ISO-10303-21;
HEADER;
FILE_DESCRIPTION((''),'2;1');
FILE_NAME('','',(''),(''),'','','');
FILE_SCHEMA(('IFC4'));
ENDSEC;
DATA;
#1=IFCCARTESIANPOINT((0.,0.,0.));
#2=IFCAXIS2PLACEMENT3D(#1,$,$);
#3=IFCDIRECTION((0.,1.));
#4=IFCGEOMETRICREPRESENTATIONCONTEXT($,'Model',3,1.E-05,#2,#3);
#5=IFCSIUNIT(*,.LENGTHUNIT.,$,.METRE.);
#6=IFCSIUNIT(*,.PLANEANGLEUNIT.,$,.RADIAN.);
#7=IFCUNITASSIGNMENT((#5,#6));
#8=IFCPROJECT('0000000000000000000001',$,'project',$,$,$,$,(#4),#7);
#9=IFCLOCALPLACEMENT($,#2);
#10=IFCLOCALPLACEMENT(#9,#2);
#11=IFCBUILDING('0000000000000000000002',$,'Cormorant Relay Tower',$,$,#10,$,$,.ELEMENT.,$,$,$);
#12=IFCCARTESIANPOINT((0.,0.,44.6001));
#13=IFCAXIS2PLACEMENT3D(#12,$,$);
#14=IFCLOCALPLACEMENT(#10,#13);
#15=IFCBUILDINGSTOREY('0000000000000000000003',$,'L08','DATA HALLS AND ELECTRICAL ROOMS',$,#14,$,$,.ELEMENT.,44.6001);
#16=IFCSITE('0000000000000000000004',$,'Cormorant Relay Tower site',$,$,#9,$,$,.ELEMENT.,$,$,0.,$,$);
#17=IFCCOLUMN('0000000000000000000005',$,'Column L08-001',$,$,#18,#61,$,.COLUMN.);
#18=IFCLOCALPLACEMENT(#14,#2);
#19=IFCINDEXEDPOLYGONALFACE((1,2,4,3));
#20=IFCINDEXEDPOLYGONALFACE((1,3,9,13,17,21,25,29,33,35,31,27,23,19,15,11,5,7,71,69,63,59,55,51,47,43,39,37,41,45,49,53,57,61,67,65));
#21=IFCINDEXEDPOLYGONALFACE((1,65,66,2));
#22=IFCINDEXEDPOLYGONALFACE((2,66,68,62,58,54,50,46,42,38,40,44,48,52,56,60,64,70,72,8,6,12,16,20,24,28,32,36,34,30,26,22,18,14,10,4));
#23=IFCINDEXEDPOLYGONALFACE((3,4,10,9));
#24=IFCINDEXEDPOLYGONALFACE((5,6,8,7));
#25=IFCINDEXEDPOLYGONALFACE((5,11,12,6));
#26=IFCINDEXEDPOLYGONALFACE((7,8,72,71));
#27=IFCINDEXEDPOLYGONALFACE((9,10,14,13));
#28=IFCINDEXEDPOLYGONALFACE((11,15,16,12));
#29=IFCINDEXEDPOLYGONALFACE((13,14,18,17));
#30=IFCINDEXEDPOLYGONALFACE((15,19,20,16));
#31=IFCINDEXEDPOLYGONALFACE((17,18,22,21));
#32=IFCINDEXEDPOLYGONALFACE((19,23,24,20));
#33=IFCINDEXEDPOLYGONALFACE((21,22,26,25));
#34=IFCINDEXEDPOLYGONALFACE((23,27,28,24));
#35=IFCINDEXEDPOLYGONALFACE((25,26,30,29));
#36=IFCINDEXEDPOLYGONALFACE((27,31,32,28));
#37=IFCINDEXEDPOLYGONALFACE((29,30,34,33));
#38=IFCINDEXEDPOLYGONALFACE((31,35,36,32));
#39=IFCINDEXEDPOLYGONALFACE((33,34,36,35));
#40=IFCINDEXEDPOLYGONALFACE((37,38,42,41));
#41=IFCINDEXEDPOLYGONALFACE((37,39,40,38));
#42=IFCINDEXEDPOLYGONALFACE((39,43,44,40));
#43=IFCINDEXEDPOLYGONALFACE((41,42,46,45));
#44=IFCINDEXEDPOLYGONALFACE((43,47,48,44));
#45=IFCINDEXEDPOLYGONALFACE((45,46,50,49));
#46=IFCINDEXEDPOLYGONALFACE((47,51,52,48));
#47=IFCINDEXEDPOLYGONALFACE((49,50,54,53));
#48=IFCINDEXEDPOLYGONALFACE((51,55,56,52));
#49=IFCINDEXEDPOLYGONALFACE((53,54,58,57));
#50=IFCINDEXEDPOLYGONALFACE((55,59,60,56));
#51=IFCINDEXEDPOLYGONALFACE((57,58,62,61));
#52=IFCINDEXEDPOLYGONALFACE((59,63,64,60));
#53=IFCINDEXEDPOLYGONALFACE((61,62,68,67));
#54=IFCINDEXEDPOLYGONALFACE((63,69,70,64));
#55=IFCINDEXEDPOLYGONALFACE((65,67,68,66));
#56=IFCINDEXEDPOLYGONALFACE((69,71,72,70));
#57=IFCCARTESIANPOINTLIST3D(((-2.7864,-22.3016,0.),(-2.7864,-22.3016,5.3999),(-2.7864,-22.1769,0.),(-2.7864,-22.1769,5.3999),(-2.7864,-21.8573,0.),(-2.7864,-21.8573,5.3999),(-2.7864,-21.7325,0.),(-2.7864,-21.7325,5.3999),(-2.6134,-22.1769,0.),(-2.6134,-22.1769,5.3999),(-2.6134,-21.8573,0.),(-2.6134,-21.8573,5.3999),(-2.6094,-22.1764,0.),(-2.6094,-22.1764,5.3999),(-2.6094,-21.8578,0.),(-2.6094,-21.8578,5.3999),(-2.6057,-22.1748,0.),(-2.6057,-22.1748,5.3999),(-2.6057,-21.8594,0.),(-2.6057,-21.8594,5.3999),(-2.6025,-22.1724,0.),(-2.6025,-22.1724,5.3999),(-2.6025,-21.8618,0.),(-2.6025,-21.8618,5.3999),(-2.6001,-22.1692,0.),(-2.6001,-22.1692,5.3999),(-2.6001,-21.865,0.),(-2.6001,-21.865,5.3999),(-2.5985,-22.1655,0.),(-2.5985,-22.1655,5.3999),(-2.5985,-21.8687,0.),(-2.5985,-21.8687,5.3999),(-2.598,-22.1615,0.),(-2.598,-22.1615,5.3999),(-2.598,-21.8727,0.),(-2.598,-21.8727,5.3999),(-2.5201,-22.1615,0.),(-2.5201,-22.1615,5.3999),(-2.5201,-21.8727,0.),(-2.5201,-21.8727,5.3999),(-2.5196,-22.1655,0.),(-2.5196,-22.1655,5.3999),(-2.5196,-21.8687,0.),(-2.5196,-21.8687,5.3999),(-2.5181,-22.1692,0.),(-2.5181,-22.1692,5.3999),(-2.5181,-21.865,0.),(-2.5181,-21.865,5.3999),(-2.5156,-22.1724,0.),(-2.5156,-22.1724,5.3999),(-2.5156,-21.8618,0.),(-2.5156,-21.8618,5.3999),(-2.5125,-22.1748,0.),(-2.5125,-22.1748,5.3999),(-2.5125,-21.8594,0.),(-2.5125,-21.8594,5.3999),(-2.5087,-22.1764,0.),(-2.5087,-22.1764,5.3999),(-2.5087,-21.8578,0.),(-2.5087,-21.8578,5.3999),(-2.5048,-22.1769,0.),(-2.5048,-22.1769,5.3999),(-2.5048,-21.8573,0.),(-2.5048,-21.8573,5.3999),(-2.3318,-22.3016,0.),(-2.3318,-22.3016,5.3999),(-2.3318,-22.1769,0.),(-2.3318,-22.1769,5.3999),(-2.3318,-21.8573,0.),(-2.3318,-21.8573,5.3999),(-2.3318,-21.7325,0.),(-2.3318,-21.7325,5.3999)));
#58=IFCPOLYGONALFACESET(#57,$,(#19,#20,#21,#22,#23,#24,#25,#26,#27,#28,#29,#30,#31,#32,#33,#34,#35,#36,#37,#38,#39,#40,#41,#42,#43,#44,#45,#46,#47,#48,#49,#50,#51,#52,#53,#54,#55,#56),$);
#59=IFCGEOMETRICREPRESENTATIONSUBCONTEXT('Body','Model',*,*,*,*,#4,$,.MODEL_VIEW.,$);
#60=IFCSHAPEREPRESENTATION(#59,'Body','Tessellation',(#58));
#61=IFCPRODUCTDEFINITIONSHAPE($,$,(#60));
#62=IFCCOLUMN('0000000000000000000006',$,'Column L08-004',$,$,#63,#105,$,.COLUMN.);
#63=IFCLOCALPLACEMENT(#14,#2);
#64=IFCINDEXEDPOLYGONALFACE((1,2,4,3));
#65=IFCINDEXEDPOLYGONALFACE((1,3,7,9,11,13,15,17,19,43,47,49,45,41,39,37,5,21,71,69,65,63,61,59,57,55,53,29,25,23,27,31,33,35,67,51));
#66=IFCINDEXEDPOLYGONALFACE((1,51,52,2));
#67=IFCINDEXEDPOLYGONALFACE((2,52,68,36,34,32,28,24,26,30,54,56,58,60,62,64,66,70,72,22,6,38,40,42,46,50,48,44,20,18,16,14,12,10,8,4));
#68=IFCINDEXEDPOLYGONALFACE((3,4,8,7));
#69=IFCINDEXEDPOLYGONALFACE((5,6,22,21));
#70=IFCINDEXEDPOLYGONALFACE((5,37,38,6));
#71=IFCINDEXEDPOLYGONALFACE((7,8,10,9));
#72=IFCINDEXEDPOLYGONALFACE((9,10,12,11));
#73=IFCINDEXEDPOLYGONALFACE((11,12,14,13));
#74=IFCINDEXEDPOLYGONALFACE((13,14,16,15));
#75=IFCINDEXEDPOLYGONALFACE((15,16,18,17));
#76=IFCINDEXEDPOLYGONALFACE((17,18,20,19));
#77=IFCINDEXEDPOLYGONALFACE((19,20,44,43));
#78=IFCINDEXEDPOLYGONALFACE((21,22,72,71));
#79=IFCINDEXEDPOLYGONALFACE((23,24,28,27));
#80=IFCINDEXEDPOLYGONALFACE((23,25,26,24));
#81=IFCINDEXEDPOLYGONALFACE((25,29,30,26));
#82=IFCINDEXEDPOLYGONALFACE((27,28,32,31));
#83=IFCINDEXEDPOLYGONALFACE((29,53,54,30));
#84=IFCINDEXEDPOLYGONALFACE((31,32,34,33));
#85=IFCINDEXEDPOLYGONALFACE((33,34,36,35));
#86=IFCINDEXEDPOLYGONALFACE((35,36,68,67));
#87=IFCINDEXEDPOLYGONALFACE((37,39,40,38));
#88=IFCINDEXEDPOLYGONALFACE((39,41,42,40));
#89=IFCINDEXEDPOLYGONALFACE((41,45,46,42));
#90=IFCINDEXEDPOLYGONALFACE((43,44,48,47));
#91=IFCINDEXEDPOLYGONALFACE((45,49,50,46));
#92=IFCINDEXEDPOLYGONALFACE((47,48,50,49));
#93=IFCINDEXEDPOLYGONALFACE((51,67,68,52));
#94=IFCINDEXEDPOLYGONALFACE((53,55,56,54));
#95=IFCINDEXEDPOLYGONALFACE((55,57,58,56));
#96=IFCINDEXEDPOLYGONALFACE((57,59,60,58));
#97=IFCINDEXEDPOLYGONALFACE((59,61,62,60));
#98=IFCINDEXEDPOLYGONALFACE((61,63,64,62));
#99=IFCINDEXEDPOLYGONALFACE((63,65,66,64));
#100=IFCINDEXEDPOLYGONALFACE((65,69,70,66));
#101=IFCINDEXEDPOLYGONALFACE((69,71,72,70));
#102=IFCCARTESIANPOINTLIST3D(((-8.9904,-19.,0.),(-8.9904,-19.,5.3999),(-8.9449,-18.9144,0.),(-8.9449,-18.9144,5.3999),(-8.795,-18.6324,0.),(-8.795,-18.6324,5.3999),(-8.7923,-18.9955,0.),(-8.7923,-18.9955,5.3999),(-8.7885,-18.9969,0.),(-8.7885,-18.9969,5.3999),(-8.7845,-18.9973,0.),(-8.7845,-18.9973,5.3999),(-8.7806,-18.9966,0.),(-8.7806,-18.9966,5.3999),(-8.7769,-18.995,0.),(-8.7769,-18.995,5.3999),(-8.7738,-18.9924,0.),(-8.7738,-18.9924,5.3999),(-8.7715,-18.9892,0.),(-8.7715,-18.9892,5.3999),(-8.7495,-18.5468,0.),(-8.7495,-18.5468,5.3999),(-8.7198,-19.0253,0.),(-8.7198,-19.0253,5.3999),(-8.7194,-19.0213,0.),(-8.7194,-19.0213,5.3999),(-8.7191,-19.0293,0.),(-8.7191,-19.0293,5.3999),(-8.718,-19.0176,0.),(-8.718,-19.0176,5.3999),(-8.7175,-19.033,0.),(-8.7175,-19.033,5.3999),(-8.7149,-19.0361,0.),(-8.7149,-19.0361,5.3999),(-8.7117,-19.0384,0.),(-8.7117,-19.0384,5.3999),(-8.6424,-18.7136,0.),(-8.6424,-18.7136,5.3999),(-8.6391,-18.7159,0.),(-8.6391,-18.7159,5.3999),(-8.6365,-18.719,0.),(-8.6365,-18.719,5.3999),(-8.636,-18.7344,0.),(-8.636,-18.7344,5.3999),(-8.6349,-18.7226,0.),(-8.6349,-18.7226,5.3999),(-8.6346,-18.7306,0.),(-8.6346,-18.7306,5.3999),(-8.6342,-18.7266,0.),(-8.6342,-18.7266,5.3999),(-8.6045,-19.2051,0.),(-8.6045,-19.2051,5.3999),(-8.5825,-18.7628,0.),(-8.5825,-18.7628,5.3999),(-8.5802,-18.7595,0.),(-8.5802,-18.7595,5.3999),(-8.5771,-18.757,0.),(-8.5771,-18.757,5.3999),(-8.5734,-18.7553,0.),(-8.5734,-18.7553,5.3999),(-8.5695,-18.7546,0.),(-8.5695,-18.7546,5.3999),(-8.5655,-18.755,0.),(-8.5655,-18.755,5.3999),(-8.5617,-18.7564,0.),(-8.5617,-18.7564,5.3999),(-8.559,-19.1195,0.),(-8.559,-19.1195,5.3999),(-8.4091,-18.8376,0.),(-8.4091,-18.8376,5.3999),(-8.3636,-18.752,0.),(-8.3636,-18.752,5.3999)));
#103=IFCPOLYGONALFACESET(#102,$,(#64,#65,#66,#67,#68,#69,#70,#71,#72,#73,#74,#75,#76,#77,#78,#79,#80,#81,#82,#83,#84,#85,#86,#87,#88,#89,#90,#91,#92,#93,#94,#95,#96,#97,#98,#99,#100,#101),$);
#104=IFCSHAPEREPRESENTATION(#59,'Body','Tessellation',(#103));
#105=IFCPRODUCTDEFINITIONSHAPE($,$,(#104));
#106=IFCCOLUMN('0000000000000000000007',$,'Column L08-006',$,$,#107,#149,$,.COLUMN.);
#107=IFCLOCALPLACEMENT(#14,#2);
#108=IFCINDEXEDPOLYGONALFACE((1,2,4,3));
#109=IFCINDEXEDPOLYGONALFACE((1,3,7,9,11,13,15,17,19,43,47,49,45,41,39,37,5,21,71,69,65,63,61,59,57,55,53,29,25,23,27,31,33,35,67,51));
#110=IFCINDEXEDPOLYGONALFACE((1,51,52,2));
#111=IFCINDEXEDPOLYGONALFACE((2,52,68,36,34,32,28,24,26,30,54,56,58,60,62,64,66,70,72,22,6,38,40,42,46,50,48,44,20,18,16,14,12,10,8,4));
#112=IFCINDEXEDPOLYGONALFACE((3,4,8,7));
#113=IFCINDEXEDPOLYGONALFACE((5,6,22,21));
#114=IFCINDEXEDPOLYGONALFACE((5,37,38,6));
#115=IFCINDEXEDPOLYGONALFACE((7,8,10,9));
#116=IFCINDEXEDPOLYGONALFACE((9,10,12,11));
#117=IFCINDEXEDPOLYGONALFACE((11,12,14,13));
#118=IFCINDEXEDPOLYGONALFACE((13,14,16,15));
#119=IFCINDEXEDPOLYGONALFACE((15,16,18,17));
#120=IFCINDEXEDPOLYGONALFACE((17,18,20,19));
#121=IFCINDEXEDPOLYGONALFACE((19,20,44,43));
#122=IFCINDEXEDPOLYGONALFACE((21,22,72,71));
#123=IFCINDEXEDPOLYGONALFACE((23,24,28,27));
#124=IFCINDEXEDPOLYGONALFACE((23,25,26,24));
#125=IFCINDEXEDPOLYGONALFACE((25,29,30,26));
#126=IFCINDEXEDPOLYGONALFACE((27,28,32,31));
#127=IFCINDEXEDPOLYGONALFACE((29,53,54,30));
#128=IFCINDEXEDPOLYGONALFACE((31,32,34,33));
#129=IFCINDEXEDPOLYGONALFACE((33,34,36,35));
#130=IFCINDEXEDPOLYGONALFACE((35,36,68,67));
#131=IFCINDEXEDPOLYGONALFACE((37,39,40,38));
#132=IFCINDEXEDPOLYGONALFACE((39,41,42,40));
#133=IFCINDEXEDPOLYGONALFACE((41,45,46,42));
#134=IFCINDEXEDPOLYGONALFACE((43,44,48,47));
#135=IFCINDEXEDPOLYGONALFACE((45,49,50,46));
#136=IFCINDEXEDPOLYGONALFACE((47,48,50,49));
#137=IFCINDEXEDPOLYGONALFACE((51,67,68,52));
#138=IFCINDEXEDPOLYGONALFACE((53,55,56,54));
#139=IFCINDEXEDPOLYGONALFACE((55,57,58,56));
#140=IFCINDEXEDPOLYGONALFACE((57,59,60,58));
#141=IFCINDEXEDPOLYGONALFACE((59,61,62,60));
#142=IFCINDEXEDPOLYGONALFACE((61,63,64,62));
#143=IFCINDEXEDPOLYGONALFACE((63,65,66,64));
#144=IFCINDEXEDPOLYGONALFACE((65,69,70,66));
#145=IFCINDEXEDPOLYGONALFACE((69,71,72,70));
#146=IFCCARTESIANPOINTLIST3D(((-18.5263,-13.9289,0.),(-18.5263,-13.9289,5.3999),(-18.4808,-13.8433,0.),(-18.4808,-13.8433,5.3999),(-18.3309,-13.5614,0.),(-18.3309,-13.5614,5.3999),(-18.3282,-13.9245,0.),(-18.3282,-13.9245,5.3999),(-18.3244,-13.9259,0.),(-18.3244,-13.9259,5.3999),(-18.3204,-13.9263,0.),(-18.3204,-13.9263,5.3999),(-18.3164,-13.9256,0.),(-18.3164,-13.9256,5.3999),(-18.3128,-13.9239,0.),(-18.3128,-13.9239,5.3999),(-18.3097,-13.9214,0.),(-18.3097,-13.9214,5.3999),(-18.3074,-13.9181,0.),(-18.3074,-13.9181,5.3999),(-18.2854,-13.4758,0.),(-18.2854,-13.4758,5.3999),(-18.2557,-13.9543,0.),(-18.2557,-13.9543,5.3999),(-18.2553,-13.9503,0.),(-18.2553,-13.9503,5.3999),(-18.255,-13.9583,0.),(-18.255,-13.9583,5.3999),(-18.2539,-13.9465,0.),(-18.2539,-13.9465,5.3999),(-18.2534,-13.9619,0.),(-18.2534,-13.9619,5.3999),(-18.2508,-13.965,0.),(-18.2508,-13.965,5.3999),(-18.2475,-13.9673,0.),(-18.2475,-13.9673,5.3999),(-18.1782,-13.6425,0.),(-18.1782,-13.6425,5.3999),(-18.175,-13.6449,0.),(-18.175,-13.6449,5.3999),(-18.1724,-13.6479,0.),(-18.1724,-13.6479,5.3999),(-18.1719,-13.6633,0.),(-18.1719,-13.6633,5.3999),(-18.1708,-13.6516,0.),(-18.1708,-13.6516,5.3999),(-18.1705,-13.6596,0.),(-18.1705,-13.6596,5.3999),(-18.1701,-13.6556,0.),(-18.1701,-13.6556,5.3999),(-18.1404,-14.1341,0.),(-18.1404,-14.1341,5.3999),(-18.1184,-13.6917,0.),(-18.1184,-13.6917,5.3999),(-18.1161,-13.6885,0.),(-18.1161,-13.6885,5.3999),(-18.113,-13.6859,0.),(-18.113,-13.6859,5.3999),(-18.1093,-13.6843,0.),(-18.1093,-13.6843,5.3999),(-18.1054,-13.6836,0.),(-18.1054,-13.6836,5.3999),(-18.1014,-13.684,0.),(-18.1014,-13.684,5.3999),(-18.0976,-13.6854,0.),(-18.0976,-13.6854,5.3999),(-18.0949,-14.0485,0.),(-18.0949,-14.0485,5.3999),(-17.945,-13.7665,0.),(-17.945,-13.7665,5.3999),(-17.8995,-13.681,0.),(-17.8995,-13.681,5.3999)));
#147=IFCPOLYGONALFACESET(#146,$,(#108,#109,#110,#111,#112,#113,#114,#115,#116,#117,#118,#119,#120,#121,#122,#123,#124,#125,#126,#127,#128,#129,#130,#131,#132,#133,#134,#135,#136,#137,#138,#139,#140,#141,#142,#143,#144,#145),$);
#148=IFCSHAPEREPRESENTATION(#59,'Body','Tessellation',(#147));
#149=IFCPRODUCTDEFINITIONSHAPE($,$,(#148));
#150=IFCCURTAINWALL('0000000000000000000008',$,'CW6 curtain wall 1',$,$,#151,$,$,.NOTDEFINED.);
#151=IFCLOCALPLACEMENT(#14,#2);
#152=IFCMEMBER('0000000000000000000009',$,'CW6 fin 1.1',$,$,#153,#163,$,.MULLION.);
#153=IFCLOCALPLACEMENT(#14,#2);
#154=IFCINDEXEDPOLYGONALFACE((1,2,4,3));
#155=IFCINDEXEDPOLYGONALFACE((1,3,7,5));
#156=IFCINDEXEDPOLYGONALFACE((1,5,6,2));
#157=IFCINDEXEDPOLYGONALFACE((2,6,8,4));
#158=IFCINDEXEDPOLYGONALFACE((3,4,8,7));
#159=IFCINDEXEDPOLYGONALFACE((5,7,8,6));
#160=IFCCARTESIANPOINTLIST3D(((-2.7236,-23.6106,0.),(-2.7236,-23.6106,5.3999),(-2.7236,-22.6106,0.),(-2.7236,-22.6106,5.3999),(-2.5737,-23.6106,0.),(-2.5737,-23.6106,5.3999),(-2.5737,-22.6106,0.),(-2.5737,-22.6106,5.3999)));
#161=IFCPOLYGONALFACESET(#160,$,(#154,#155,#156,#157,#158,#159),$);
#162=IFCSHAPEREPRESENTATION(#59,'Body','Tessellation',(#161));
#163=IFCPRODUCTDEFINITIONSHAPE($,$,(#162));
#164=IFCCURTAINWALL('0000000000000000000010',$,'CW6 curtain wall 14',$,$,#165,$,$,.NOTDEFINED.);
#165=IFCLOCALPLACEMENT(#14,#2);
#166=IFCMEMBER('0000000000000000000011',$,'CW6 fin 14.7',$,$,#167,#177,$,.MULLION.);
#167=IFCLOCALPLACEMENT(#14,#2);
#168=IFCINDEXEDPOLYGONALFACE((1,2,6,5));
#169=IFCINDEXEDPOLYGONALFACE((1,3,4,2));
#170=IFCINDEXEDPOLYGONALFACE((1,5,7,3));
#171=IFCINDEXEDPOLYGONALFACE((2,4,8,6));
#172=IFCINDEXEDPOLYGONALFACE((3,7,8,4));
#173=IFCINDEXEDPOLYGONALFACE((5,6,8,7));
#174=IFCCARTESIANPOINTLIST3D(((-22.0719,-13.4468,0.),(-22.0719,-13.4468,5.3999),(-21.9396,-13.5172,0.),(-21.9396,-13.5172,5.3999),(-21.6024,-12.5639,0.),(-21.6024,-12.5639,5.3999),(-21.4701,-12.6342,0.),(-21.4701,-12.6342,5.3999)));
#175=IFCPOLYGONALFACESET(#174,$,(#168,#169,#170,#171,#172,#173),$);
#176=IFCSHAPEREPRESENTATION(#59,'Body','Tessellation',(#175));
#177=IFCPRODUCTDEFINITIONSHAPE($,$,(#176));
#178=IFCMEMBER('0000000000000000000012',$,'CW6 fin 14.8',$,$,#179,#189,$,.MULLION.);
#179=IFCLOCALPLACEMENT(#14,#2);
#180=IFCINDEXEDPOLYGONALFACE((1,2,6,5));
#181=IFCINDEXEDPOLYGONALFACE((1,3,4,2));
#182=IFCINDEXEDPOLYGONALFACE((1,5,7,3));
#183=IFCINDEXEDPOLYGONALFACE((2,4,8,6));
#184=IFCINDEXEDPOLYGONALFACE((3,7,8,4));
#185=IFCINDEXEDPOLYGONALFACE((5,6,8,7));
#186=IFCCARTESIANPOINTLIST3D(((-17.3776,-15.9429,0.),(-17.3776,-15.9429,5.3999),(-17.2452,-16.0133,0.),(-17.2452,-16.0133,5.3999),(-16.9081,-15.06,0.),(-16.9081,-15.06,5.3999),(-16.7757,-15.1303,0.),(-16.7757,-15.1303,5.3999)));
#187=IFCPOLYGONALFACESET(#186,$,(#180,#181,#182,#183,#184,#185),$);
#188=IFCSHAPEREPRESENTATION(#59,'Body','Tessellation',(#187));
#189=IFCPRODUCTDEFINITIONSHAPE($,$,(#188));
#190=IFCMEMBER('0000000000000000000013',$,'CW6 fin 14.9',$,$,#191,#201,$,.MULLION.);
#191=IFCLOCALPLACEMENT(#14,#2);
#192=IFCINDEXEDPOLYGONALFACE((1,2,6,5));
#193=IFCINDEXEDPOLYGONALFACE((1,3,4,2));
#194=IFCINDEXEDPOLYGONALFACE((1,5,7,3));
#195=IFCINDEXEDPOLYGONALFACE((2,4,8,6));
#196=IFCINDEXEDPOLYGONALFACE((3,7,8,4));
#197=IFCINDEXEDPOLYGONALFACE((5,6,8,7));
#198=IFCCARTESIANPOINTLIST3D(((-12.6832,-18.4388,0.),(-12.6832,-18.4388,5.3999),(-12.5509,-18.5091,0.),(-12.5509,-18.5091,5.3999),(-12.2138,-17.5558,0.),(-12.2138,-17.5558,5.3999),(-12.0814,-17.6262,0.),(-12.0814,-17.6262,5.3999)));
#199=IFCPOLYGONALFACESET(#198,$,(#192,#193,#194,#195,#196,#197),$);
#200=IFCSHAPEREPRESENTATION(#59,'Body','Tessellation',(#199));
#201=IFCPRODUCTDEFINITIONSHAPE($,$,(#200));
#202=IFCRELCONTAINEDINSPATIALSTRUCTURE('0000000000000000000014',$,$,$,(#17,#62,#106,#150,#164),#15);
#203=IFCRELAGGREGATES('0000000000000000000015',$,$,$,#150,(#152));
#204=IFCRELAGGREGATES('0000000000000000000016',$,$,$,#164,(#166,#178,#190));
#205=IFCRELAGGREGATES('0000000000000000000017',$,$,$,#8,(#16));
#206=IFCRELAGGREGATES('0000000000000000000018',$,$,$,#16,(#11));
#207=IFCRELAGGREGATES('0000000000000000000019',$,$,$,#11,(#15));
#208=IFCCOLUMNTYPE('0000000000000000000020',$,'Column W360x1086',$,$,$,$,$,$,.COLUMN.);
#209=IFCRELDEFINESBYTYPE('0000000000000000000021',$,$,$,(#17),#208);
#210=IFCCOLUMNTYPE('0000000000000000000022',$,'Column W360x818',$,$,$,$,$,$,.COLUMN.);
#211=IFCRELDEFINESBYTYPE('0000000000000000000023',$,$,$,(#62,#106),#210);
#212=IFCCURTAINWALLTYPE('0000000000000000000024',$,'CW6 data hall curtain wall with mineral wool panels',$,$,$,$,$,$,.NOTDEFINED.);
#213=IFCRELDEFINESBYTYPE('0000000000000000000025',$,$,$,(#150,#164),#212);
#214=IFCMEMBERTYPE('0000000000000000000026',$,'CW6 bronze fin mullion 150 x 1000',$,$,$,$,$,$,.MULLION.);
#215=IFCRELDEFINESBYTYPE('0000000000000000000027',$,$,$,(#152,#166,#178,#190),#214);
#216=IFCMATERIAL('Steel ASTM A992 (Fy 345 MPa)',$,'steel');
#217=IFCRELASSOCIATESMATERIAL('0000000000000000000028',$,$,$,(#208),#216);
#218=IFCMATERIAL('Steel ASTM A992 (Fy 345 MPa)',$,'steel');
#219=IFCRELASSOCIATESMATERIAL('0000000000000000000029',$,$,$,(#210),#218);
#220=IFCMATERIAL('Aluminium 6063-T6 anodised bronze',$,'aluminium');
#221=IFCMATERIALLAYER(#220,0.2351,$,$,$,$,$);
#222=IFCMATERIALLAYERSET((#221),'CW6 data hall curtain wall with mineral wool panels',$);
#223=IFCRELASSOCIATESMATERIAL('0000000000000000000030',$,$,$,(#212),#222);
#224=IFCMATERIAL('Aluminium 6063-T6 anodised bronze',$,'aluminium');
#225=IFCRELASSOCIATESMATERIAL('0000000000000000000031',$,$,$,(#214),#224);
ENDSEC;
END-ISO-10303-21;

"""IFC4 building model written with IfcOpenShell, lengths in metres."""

from ifc_helpers import new_model, si_unit, direction, frame, origin, origin_2d, place, context, subcontext, project, spatial, rectangle, i_section, extrude, material, layer, layer_set, material_profile, profile_set, type_object, element, aggregate, save


model = new_model("IFC4")

# Units and contexts
model_context = context("Model", 3, precision=1e-05, world=origin(), true_north=direction((0.0, 1.0)))
body_context = subcontext(model_context, "Body", "Model", "MODEL_VIEW")
ifc_project = project(units=[si_unit("LENGTHUNIT", "METRE"), si_unit("PLANEANGLEUNIT", "RADIAN")], contexts=[model_context])

# Site, building, storey
site_placement = place(None, origin())
site = spatial("IfcSite", under=ifc_project, at=site_placement, Name="Cormorant Relay Tower site", CompositionType="ELEMENT", RefElevation=0.0)
building_placement = place(site_placement, origin())
building = spatial("IfcBuilding", under=site, at=building_placement, Name="Cormorant Relay Tower", CompositionType="ELEMENT")
storey_placement = place(building_placement, frame((0.0, 0.0, 44.6001)))
storey = spatial("IfcBuildingStorey", under=building, at=storey_placement, Name="L08", Description="DATA HALLS AND ELECTRICAL ROOMS", CompositionType="ELEMENT", Elevation=44.6001)

# Columns
ifc_material_1 = material(Name="Steel ASTM A992 (Fy 345 MPa)", Category="steel")
ifc_material_profile_1 = material_profile(ifc_material_1, i_section(OverallWidth=0.4546, OverallDepth=0.5691, WebThickness=0.0779, FlangeThickness=0.1248, FilletRadius=0.0154, at=origin_2d()), Name="W360x1086")
ifc_profile_set_1 = profile_set([ifc_material_profile_1], Name="Steel ASTM A992 (Fy 345 MPa)")
column_type_1 = type_object("IfcColumnType", Name="Column W360x1086", PredefinedType="COLUMN", material=ifc_profile_set_1)
column_placement = place(storey_placement, frame((-2.5591, -22.0171, 0.0), z_axis=(0.0, 0.0, 1.0), x_axis=(1.0, 0.0, 0.0)))
element("IfcColumn", 1, at=column_placement, inside=storey, type_object=column_type_1, Name="Column L08-001", PredefinedType="COLUMN", context=body_context, shape_type="SweptSolid", body=[
    extrude(i_section(OverallWidth=0.4546, OverallDepth=0.5691, WebThickness=0.0779, FlangeThickness=0.1248, FilletRadius=0.0154, at=origin_2d()), origin(), (0.0, 0.0, 1.0), 5.3999),
])
ifc_material_2 = material(Name="Steel ASTM A992 (Fy 345 MPa)", Category="steel")
ifc_material_profile_2 = material_profile(ifc_material_2, i_section(OverallWidth=0.437, OverallDepth=0.5132, WebThickness=0.0605, FlangeThickness=0.0969, FilletRadius=0.0154, at=origin_2d()), Name="W360x818")
ifc_profile_set_2 = profile_set([ifc_material_profile_2], Name="Steel ASTM A992 (Fy 345 MPa)")
column_type_2 = type_object("IfcColumnType", Name="Column W360x818", PredefinedType="COLUMN", material=ifc_profile_set_2)
for number, where, z_axis, x_axis, name in (
    (2, (-8.677, -18.876, 0.0), (0.0, 0.0, 1.0), (0.882948, -0.469472, 0.0), "Column L08-004"),
    (3, (-18.2129, -13.8049, 0.0), (0.0, 0.0, 1.0), (0.882948, -0.469472, 0.0), "Column L08-006"),
):
    element("IfcColumn", number, at=place(storey_placement, frame(where, z_axis=z_axis, x_axis=x_axis)), inside=storey, type_object=column_type_2, Name=name, PredefinedType="COLUMN", context=body_context, shape_type="SweptSolid", body=[
        extrude(i_section(OverallWidth=0.437, OverallDepth=0.5132, WebThickness=0.0605, FlangeThickness=0.0969, FilletRadius=0.0154, at=origin_2d()), origin(), (0.0, 0.0, 1.0), 5.3999),
    ])

# Curtain wall, member
ifc_material_3 = material(Name="Aluminium 6063-T6 anodised bronze", Category="aluminium")
ifc_layer_1 = layer(ifc_material_3, 0.2351)
ifc_layer_set_1 = layer_set([ifc_layer_1], Name="CW6 data hall curtain wall with mineral wool panels")
curtain_wall_type = type_object("IfcCurtainWallType", Name="CW6 data hall curtain wall with mineral wool panels", PredefinedType="NOTDEFINED", material=ifc_layer_set_1)
curtain_wall_1_placement = place(storey_placement, origin())
curtain_wall_1 = element("IfcCurtainWall", 4, at=curtain_wall_1_placement, inside=storey, type_object=curtain_wall_type, Name="CW6 curtain wall 1", PredefinedType="NOTDEFINED")
ifc_material_4 = material(Name="Aluminium 6063-T6 anodised bronze", Category="aluminium")
ifc_material_profile_3 = material_profile(ifc_material_4, rectangle(XDim=0.1499, YDim=1.0, at=origin_2d()), Name="AL 150x1000")
ifc_profile_set_3 = profile_set([ifc_material_profile_3], Name="Aluminium 6063-T6 anodised bronze")
member_type_1 = type_object("IfcMemberType", Name="CW6 bronze fin mullion 150 x 1000", PredefinedType="MULLION", material=ifc_profile_set_3)
member_1_placement = place(storey_placement, frame((-2.6487, -23.1106, 0.0), z_axis=(0.0, 0.0, 1.0), x_axis=(1.0, 0.0, 0.0)))
member_1 = element("IfcMember", 5, at=member_1_placement, type_object=member_type_1, Name="CW6 fin 1.1", PredefinedType="MULLION", context=body_context, shape_type="SweptSolid", body=[
    extrude(rectangle(XDim=0.1499, YDim=1.0, at=origin_2d()), origin(), (0.0, 0.0, 1.0), 5.3999),
])

# Curtain wall, members
curtain_wall_2_placement = place(storey_placement, origin())
curtain_wall_2 = element("IfcCurtainWall", 6, at=curtain_wall_2_placement, inside=storey, type_object=curtain_wall_type, Name="CW6 curtain wall 14", PredefinedType="NOTDEFINED")
member_2_placement = place(storey_placement, frame((-21.771, -13.0405, 0.0), z_axis=(0.0, 0.0, 1.0), x_axis=(0.882948, -0.469472, 0.0)))
member_2 = element("IfcMember", 7, at=member_2_placement, type_object=member_type_1, Name="CW6 fin 14.7", PredefinedType="MULLION", context=body_context, shape_type="SweptSolid", body=[
    extrude(rectangle(XDim=0.1499, YDim=1.0, at=origin_2d()), origin(), (0.0, 0.0, 1.0), 5.3999),
])
member_3_placement = place(storey_placement, frame((-17.0767, -15.5366, 0.0), z_axis=(0.0, 0.0, 1.0), x_axis=(0.882948, -0.469472, 0.0)))
member_3 = element("IfcMember", 8, at=member_3_placement, type_object=member_type_1, Name="CW6 fin 14.8", PredefinedType="MULLION", context=body_context, shape_type="SweptSolid", body=[
    extrude(rectangle(XDim=0.1499, YDim=1.0, at=origin_2d()), origin(), (0.0, 0.0, 1.0), 5.3999),
])
member_4_placement = place(storey_placement, frame((-12.3823, -18.0325, 0.0), z_axis=(0.0, 0.0, 1.0), x_axis=(0.882948, -0.469472, 0.0)))
member_4 = element("IfcMember", 9, at=member_4_placement, type_object=member_type_1, Name="CW6 fin 14.9", PredefinedType="MULLION", context=body_context, shape_type="SweptSolid", body=[
    extrude(rectangle(XDim=0.1499, YDim=1.0, at=origin_2d()), origin(), (0.0, 0.0, 1.0), 5.3999),
])

aggregate(curtain_wall_1, [member_1])

aggregate(curtain_wall_2, [member_2, member_3, member_4])

save(model, "model.ifc")
